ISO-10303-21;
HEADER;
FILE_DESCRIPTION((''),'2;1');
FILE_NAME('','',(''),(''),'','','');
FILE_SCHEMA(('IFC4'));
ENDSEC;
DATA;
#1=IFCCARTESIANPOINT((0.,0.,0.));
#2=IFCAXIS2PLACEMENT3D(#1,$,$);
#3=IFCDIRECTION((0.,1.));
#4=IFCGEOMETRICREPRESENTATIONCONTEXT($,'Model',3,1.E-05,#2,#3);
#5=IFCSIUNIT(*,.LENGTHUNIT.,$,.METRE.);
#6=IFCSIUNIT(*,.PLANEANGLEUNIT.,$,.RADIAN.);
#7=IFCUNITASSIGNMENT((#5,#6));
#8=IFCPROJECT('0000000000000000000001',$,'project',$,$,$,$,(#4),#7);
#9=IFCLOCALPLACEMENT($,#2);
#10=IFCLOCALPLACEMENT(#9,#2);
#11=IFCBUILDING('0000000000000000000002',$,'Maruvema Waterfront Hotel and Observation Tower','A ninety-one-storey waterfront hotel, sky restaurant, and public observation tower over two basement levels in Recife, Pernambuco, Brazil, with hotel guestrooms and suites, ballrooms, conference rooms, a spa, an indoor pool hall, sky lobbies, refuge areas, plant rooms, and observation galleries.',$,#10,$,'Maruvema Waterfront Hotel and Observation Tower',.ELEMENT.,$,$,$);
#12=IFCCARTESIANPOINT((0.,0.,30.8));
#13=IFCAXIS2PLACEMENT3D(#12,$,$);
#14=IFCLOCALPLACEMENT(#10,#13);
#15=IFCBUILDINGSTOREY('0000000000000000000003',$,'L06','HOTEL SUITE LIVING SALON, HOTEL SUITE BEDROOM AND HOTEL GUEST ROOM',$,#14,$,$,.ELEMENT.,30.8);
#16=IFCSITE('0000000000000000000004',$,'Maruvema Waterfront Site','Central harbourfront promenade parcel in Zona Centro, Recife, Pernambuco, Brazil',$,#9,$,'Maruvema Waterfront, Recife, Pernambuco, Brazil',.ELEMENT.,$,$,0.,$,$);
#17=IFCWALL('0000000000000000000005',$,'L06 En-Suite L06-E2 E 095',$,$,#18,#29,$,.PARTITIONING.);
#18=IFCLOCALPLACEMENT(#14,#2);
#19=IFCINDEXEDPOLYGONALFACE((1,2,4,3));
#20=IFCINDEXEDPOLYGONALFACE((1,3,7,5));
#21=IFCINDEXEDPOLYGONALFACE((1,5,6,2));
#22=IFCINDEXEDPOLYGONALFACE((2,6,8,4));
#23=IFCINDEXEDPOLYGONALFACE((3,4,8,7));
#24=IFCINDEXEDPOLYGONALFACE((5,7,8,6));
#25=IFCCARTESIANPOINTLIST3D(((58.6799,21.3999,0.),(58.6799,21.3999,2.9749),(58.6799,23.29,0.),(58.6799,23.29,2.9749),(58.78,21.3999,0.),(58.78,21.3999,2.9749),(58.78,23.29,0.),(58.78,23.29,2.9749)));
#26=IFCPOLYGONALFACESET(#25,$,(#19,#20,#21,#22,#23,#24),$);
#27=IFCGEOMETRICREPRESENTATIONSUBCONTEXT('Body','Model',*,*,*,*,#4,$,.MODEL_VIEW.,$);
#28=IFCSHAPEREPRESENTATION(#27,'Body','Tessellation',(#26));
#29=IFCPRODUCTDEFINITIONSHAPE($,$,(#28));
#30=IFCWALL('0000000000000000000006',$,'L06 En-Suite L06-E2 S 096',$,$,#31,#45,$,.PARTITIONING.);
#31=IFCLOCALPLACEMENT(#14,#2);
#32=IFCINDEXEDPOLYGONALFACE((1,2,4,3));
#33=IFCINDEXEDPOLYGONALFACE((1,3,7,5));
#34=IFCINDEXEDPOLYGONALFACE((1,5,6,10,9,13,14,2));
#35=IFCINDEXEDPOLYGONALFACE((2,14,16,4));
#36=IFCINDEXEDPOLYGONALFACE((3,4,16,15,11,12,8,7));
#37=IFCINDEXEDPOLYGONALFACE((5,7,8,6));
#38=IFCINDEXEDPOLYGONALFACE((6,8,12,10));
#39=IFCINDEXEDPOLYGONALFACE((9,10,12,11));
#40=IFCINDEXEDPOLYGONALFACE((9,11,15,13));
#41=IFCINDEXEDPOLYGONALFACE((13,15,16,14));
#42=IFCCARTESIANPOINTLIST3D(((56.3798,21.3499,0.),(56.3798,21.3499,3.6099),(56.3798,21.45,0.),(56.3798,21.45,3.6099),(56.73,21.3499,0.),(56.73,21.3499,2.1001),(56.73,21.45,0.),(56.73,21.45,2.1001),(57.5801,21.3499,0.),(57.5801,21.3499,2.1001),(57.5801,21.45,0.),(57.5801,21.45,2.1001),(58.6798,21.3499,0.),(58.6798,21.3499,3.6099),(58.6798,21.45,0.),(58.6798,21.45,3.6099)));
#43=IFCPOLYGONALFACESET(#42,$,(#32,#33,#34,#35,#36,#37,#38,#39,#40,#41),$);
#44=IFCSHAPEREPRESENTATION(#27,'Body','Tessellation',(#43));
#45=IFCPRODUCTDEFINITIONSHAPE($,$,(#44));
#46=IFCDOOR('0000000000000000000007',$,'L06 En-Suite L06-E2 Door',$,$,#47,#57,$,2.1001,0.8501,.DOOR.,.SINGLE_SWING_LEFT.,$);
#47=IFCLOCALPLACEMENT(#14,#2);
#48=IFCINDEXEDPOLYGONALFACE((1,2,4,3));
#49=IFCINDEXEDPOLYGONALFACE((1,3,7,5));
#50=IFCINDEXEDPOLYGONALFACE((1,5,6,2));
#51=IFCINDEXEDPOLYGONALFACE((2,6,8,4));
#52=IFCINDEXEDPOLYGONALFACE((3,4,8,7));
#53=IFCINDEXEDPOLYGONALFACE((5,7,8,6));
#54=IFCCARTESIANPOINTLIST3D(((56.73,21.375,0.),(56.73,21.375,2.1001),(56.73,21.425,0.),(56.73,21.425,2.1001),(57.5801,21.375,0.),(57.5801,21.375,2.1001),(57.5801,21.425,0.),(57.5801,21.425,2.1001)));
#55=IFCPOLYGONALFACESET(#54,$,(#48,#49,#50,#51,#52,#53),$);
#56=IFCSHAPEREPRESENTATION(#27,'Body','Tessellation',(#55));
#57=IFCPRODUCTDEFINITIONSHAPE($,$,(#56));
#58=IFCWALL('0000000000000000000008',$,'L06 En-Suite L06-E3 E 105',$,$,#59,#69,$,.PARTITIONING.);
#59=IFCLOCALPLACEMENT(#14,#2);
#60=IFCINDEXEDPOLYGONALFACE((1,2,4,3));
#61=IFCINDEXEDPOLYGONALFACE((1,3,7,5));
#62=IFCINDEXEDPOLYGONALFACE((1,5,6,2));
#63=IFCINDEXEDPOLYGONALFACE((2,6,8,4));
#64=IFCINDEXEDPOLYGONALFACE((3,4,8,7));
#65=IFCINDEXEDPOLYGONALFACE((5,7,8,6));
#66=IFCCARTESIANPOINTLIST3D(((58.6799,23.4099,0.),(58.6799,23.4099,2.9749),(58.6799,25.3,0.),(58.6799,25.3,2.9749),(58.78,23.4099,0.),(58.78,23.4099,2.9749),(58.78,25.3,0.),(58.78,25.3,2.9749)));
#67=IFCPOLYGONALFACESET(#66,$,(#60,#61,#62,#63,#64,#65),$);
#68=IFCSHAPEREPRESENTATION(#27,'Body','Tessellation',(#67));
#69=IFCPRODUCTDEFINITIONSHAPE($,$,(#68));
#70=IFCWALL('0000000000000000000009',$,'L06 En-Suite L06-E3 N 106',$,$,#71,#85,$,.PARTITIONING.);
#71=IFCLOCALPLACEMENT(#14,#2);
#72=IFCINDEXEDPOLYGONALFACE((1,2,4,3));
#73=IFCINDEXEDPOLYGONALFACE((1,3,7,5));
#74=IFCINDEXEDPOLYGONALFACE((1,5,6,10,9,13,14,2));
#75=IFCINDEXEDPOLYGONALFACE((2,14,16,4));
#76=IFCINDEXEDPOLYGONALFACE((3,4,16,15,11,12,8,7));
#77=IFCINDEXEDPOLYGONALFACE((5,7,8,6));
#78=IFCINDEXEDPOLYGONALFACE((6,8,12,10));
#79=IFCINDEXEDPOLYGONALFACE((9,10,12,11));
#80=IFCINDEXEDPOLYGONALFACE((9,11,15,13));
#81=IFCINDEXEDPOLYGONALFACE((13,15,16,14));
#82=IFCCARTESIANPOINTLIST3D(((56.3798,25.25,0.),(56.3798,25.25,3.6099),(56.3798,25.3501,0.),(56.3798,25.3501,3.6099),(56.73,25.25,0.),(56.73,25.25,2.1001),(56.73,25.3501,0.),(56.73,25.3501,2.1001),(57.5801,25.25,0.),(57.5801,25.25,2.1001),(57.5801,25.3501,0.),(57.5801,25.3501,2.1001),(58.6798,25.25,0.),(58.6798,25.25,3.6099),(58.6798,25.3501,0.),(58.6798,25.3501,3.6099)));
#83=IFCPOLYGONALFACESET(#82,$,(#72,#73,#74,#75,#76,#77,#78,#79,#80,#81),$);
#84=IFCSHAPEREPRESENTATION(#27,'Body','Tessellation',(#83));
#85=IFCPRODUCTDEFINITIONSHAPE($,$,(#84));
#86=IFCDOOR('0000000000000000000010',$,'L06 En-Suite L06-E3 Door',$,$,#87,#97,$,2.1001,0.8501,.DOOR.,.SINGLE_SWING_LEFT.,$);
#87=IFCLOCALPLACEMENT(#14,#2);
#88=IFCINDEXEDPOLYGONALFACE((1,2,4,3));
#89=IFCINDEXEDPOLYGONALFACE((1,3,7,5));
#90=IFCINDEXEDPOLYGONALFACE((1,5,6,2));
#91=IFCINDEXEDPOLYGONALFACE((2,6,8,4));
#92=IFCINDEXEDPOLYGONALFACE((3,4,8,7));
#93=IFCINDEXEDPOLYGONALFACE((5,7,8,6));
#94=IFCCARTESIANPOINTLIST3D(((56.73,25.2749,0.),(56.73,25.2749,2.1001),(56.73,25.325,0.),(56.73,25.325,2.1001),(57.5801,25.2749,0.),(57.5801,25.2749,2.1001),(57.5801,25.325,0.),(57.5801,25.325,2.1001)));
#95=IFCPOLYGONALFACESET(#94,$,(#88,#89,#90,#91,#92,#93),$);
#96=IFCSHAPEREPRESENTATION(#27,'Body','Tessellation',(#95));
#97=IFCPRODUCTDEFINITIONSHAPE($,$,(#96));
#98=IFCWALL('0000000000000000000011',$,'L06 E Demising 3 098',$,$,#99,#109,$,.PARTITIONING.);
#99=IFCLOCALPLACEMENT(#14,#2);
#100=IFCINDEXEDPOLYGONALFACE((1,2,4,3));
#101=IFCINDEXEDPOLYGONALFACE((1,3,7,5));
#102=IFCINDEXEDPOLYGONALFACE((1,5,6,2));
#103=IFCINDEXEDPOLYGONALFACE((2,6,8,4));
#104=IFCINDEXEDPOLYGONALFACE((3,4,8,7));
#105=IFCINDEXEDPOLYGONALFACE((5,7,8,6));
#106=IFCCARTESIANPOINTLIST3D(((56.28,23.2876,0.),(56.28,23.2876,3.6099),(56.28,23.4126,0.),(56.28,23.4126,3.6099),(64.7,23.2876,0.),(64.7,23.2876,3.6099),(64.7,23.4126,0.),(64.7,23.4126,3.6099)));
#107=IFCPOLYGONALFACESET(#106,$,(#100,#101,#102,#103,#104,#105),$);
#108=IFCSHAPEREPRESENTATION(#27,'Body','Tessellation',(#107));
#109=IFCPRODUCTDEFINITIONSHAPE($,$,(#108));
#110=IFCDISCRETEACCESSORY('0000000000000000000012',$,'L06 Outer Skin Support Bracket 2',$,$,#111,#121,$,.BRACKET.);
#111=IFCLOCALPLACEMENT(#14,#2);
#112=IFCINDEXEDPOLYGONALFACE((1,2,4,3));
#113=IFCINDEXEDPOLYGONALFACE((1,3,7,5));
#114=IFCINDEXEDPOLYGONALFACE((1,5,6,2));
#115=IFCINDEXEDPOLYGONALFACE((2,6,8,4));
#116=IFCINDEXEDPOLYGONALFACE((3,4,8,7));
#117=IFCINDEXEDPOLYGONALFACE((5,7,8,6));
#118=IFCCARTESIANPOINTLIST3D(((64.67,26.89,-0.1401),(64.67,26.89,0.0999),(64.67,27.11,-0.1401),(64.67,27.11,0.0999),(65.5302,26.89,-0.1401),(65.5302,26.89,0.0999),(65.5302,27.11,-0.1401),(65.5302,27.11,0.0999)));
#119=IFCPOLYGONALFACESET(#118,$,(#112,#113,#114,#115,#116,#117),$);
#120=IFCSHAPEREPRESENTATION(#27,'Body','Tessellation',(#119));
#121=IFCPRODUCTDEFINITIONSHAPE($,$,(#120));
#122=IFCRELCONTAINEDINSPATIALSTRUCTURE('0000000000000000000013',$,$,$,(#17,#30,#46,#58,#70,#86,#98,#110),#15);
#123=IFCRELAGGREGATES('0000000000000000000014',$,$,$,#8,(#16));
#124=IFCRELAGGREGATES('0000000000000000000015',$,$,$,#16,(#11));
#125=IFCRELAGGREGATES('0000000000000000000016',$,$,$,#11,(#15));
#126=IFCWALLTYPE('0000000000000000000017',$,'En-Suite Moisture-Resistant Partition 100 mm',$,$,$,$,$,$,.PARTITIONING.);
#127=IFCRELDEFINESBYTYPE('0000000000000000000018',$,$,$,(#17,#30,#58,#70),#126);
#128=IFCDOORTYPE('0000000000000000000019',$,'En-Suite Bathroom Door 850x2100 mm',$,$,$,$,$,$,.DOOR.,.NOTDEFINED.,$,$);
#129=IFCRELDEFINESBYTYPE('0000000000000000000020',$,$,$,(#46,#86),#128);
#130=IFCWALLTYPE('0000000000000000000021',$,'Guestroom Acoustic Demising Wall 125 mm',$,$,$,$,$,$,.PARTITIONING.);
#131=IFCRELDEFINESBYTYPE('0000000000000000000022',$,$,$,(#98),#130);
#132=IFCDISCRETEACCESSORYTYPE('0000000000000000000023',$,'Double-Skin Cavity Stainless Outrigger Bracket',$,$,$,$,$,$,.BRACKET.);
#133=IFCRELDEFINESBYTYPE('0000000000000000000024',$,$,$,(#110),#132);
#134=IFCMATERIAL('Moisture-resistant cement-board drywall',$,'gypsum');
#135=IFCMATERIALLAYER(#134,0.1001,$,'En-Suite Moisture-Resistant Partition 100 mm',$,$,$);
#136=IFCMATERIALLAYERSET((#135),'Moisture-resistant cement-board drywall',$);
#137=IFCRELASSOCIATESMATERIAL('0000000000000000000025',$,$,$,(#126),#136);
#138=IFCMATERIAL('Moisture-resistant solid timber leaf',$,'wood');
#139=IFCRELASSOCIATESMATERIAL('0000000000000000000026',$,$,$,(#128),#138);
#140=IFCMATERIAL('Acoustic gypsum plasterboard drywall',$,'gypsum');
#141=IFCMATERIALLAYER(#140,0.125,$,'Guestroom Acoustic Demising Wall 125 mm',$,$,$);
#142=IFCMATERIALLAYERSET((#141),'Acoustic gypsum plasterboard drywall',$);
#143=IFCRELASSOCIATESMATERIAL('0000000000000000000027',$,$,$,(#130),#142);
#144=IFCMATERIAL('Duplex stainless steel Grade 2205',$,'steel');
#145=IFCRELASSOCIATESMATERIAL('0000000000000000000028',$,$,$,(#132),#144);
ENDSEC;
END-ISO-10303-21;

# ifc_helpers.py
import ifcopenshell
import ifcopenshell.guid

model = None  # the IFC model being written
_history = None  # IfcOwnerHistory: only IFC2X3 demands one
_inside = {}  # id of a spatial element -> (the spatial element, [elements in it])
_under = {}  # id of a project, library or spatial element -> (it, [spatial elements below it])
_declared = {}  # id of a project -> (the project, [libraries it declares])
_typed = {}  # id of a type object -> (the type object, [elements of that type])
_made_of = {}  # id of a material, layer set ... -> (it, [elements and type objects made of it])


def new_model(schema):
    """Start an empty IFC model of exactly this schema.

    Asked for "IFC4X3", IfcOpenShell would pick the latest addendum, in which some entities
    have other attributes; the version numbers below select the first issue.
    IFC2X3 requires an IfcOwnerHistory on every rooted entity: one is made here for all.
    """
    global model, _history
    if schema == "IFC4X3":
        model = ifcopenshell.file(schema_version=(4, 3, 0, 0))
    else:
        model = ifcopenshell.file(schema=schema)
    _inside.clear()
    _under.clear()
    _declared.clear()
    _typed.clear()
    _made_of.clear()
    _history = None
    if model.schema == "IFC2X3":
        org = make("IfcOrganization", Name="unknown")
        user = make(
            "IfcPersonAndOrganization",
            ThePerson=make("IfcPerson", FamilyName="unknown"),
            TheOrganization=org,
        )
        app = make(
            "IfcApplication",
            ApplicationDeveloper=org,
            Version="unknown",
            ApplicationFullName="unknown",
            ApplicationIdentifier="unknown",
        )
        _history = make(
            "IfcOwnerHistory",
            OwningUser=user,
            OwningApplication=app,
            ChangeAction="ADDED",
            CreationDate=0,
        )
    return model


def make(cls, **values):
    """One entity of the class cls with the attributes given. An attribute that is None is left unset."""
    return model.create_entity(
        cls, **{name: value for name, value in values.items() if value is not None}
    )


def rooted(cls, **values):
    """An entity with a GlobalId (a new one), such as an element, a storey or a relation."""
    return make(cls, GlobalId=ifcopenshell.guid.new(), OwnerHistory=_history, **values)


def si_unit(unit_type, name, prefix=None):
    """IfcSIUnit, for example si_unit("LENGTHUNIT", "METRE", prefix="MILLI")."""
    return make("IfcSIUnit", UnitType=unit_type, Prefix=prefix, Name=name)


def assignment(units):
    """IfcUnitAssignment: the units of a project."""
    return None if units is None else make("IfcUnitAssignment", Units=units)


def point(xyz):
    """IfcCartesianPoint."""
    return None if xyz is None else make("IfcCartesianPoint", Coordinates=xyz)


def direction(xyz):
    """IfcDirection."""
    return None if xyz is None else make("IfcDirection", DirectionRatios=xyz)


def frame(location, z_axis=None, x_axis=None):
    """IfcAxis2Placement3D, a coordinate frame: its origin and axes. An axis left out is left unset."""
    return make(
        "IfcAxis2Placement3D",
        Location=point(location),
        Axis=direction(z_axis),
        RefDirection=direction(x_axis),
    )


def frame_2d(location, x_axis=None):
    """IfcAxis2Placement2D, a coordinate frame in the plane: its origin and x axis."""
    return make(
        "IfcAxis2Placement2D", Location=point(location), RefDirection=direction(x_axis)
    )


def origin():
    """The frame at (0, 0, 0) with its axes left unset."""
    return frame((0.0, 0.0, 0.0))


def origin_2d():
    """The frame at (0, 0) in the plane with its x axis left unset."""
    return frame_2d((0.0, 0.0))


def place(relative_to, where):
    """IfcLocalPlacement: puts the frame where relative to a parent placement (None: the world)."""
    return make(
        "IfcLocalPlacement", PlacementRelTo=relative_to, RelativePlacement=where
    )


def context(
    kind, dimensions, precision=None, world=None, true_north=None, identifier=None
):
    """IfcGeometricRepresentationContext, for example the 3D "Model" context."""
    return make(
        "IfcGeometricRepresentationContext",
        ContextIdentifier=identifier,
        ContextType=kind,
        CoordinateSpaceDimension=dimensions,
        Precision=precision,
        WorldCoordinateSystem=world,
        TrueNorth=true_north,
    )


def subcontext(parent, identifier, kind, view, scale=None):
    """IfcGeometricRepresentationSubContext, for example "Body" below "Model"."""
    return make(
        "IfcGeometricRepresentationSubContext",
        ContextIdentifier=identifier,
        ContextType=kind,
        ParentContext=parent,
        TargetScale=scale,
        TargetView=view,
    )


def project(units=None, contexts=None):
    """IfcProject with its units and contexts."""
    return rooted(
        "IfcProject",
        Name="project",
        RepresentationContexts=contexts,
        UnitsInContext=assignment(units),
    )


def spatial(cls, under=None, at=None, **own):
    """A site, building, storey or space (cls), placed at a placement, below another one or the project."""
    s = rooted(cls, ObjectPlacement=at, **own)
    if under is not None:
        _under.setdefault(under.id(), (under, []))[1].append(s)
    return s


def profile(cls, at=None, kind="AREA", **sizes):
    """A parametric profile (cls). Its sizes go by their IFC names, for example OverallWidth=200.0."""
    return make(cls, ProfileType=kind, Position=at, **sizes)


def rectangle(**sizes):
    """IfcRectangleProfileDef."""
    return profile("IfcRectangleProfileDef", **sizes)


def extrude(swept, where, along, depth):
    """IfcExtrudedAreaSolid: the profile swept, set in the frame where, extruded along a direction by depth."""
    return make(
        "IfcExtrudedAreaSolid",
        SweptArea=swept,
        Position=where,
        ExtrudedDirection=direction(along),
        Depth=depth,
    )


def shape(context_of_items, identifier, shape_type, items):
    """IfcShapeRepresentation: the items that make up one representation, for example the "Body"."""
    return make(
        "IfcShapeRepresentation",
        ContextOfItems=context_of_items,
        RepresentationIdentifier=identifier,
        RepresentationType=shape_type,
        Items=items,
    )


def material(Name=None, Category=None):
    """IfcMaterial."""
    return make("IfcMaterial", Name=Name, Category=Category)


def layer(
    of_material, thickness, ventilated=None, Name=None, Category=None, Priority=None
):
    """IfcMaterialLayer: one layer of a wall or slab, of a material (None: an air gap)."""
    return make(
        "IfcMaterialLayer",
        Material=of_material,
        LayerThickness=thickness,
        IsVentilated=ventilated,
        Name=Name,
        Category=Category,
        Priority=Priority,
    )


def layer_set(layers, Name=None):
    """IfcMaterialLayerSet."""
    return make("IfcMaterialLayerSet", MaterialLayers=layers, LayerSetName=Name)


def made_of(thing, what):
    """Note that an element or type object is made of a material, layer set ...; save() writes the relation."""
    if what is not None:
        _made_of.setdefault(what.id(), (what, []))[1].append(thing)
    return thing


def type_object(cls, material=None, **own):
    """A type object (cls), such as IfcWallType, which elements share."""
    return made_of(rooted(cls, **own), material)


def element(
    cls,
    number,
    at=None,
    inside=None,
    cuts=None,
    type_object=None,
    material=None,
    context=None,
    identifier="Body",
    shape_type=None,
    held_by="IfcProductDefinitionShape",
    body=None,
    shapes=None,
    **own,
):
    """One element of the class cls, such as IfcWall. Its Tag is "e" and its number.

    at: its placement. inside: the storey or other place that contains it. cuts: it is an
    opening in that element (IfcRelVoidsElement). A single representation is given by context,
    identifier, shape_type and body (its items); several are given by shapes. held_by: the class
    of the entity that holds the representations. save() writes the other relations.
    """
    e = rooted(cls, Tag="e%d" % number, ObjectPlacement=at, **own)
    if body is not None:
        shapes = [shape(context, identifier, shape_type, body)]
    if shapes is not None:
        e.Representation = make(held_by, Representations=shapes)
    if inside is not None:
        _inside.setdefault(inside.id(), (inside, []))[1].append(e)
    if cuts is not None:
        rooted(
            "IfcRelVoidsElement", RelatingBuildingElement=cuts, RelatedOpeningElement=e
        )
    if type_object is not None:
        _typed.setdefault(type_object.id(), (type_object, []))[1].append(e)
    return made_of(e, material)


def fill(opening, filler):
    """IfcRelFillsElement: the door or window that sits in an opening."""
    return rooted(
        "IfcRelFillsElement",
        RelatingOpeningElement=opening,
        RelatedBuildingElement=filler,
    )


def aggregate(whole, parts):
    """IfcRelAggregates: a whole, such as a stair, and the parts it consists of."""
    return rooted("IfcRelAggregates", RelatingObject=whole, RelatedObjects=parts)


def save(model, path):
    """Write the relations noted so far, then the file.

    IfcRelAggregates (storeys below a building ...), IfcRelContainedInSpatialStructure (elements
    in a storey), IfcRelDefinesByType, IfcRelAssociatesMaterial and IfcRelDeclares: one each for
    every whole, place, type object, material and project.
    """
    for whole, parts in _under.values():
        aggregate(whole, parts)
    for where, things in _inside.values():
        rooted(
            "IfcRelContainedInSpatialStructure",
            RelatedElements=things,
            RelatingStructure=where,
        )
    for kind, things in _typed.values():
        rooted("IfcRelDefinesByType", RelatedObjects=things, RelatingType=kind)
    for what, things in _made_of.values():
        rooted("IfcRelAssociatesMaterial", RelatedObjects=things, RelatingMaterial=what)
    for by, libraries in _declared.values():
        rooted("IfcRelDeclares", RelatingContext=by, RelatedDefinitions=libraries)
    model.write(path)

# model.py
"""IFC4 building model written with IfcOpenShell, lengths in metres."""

from ifc_helpers import new_model, si_unit, direction, frame, frame_2d, origin, origin_2d, place, context, subcontext, project, spatial, rectangle, extrude, material, layer, layer_set, type_object, element, fill, save


model = new_model("IFC4")

# Units and contexts
model_context = context("Model", 3, precision=1e-05, world=origin(), true_north=direction((0.0, 1.0)))
body_context = subcontext(model_context, "Body", "Model", "MODEL_VIEW")
ifc_project = project(units=[si_unit("LENGTHUNIT", "METRE"), si_unit("PLANEANGLEUNIT", "RADIAN")], contexts=[model_context])

# Site, building, storey
site_placement = place(None, origin())
site = spatial("IfcSite", under=ifc_project, at=site_placement, Name="Maruvema Waterfront Site", Description="Central harbourfront promenade parcel in Zona Centro, Recife, Pernambuco, Brazil", LongName="Maruvema Waterfront, Recife, Pernambuco, Brazil", CompositionType="ELEMENT", RefElevation=0.0)
building_placement = place(site_placement, origin())
building = spatial("IfcBuilding", under=site, at=building_placement, Name="Maruvema Waterfront Hotel and Observation Tower", Description="A ninety-one-storey waterfront hotel, sky restaurant, and public observation tower over two basement levels in Recife, Pernambuco, Brazil, with hotel guestrooms and suites, ballrooms, conference rooms, a spa, an indoor pool hall, sky lobbies, refuge areas, plant rooms, and observation galleries.", LongName="Maruvema Waterfront Hotel and Observation Tower", CompositionType="ELEMENT")
storey_placement = place(building_placement, frame((0.0, 0.0, 30.8)))
storey = spatial("IfcBuildingStorey", under=building, at=storey_placement, Name="L06", Description="HOTEL SUITE LIVING SALON, HOTEL SUITE BEDROOM AND HOTEL GUEST ROOM", CompositionType="ELEMENT", Elevation=30.8)

# Wall
ifc_material_1 = material(Name="Moisture-resistant cement-board drywall", Category="gypsum")
ifc_layer_1 = layer(ifc_material_1, 0.1001, Name="En-Suite Moisture-Resistant Partition 100 mm")
ifc_layer_set_1 = layer_set([ifc_layer_1], Name="Moisture-resistant cement-board drywall")
wall_type_1 = type_object("IfcWallType", Name="En-Suite Moisture-Resistant Partition 100 mm", PredefinedType="PARTITIONING", material=ifc_layer_set_1)
wall_1_placement = place(storey_placement, frame((58.73, 21.3999, 0.0), z_axis=(0.0, 0.0, 1.0), x_axis=(0.0, 1.0, 0.0)))
element("IfcWall", 1, at=wall_1_placement, inside=storey, type_object=wall_type_1, Name="L06 En-Suite L06-E2 E 095", PredefinedType="PARTITIONING", context=body_context, shape_type="SweptSolid", body=[
    extrude(rectangle(XDim=1.8901, YDim=0.1001, at=frame_2d((0.9451, 0.0))), origin(), (0.0, 0.0, 1.0), 2.9749),
])

# Wall, opening, door
wall_2_placement = place(storey_placement, frame((56.3799, 21.3999, 0.0), z_axis=(0.0, 0.0, 1.0), x_axis=(1.0, 0.0, 0.0)))
wall_2 = element("IfcWall", 2, at=wall_2_placement, inside=storey, type_object=wall_type_1, Name="L06 En-Suite L06-E2 S 096", PredefinedType="PARTITIONING", context=body_context, shape_type="SweptSolid", body=[
    extrude(rectangle(XDim=2.3, YDim=0.1001, at=frame_2d((1.1499, 0.0))), origin(), (0.0, 0.0, 1.0), 3.6099),
])
opening_1_placement = place(wall_2_placement, frame((0.3501, 0.0, 0.0)))
opening_1 = element("IfcOpeningElement", 3, at=opening_1_placement, cuts=wall_2, PredefinedType="OPENING", context=body_context, shape_type="SweptSolid", body=[
    extrude(rectangle(XDim=0.8501, YDim=2.1001, at=frame_2d((0.425, 1.05))), frame((0.0, 0.0601, 0.0), z_axis=(0.0, -1.0, 0.0), x_axis=(1.0, 0.0, 0.0)), (0.0, 0.0, 1.0), 0.1201),
])
ifc_material_2 = material(Name="Moisture-resistant solid timber leaf", Category="wood")
door_type_1 = type_object("IfcDoorType", Name="En-Suite Bathroom Door 850x2100 mm", OperationType="NOTDEFINED", PredefinedType="DOOR", material=ifc_material_2)
door_1_placement = place(opening_1_placement, frame((0.8501, 0.0, 0.0), z_axis=(0.0, 0.0, 1.0), x_axis=(-1.0, 0.0, 0.0)))
door_1 = element("IfcDoor", 4, at=door_1_placement, inside=storey, type_object=door_type_1, Name="L06 En-Suite L06-E2 Door", OperationType="SINGLE_SWING_LEFT", OverallHeight=2.1001, OverallWidth=0.8501, PredefinedType="DOOR", context=body_context, shape_type="SweptSolid", body=[
    extrude(rectangle(XDim=0.8501, YDim=2.1001, at=frame_2d((0.425, 1.05))), frame((0.0, 0.0249, 0.0), z_axis=(0.0, -1.0, 0.0), x_axis=(1.0, 0.0, 0.0)), (0.0, 0.0, 1.0), 0.05),
])
fill(opening_1, door_1)

# Wall
wall_3_placement = place(storey_placement, frame((58.73, 23.4099, 0.0), z_axis=(0.0, 0.0, 1.0), x_axis=(0.0, 1.0, 0.0)))
element("IfcWall", 5, at=wall_3_placement, inside=storey, type_object=wall_type_1, Name="L06 En-Suite L06-E3 E 105", PredefinedType="PARTITIONING", context=body_context, shape_type="SweptSolid", body=[
    extrude(rectangle(XDim=1.8901, YDim=0.1001, at=frame_2d((0.9451, 0.0))), origin(), (0.0, 0.0, 1.0), 2.9749),
])

# Wall, opening, door
wall_4_placement = place(storey_placement, frame((56.3799, 25.3, 0.0), z_axis=(0.0, 0.0, 1.0), x_axis=(1.0, 0.0, 0.0)))
wall_4 = element("IfcWall", 6, at=wall_4_placement, inside=storey, type_object=wall_type_1, Name="L06 En-Suite L06-E3 N 106", PredefinedType="PARTITIONING", context=body_context, shape_type="SweptSolid", body=[
    extrude(rectangle(XDim=2.3, YDim=0.1001, at=frame_2d((1.1499, 0.0))), origin(), (0.0, 0.0, 1.0), 3.6099),
])
opening_2_placement = place(wall_4_placement, frame((0.3501, 0.0, 0.0)))
opening_2 = element("IfcOpeningElement", 7, at=opening_2_placement, cuts=wall_4, PredefinedType="OPENING", context=body_context, shape_type="SweptSolid", body=[
    extrude(rectangle(XDim=0.8501, YDim=2.1001, at=frame_2d((0.425, 1.05))), frame((0.0, 0.0601, 0.0), z_axis=(0.0, -1.0, 0.0), x_axis=(1.0, 0.0, 0.0)), (0.0, 0.0, 1.0), 0.1201),
])
door_2_placement = place(opening_2_placement, origin())
door_2 = element("IfcDoor", 8, at=door_2_placement, inside=storey, type_object=door_type_1, Name="L06 En-Suite L06-E3 Door", OperationType="SINGLE_SWING_LEFT", OverallHeight=2.1001, OverallWidth=0.8501, PredefinedType="DOOR", context=body_context, shape_type="SweptSolid", body=[
    extrude(rectangle(XDim=0.8501, YDim=2.1001, at=frame_2d((0.425, 1.05))), frame((0.0, 0.0249, 0.0), z_axis=(0.0, -1.0, 0.0), x_axis=(1.0, 0.0, 0.0)), (0.0, 0.0, 1.0), 0.05),
])
fill(opening_2, door_2)

# Wall
ifc_material_3 = material(Name="Acoustic gypsum plasterboard drywall", Category="gypsum")
ifc_layer_2 = layer(ifc_material_3, 0.125, Name="Guestroom Acoustic Demising Wall 125 mm")
ifc_layer_set_2 = layer_set([ifc_layer_2], Name="Acoustic gypsum plasterboard drywall")
wall_type_2 = type_object("IfcWallType", Name="Guestroom Acoustic Demising Wall 125 mm", PredefinedType="PARTITIONING", material=ifc_layer_set_2)
wall_5_placement = place(storey_placement, frame((56.28, 23.3501, 0.0), z_axis=(0.0, 0.0, 1.0), x_axis=(1.0, 0.0, 0.0)))
element("IfcWall", 9, at=wall_5_placement, inside=storey, type_object=wall_type_2, Name="L06 E Demising 3 098", PredefinedType="PARTITIONING", context=body_context, shape_type="SweptSolid", body=[
    extrude(rectangle(XDim=8.4199, YDim=0.125, at=frame_2d((4.21, 0.0))), origin(), (0.0, 0.0, 1.0), 3.6099),
])

# Discrete accessory
ifc_material_4 = material(Name="Duplex stainless steel Grade 2205", Category="steel")
discrete_accessory_type = type_object("IfcDiscreteAccessoryType", Name="Double-Skin Cavity Stainless Outrigger Bracket", PredefinedType="BRACKET", material=ifc_material_4)
discrete_accessory_placement = place(storey_placement, frame((65.1001, 27.0, -0.1401), z_axis=(0.0, 0.0, 1.0), x_axis=(0.0, 1.0, 0.0)))
element("IfcDiscreteAccessory", 10, at=discrete_accessory_placement, inside=storey, type_object=discrete_accessory_type, Name="L06 Outer Skin Support Bracket 2", PredefinedType="BRACKET", context=body_context, shape_type="SweptSolid", body=[
    extrude(rectangle(XDim=0.22, YDim=0.8601, at=origin_2d()), origin(), (0.0, 0.0, 1.0), 0.24),
])

save(model, "model.ifc")
